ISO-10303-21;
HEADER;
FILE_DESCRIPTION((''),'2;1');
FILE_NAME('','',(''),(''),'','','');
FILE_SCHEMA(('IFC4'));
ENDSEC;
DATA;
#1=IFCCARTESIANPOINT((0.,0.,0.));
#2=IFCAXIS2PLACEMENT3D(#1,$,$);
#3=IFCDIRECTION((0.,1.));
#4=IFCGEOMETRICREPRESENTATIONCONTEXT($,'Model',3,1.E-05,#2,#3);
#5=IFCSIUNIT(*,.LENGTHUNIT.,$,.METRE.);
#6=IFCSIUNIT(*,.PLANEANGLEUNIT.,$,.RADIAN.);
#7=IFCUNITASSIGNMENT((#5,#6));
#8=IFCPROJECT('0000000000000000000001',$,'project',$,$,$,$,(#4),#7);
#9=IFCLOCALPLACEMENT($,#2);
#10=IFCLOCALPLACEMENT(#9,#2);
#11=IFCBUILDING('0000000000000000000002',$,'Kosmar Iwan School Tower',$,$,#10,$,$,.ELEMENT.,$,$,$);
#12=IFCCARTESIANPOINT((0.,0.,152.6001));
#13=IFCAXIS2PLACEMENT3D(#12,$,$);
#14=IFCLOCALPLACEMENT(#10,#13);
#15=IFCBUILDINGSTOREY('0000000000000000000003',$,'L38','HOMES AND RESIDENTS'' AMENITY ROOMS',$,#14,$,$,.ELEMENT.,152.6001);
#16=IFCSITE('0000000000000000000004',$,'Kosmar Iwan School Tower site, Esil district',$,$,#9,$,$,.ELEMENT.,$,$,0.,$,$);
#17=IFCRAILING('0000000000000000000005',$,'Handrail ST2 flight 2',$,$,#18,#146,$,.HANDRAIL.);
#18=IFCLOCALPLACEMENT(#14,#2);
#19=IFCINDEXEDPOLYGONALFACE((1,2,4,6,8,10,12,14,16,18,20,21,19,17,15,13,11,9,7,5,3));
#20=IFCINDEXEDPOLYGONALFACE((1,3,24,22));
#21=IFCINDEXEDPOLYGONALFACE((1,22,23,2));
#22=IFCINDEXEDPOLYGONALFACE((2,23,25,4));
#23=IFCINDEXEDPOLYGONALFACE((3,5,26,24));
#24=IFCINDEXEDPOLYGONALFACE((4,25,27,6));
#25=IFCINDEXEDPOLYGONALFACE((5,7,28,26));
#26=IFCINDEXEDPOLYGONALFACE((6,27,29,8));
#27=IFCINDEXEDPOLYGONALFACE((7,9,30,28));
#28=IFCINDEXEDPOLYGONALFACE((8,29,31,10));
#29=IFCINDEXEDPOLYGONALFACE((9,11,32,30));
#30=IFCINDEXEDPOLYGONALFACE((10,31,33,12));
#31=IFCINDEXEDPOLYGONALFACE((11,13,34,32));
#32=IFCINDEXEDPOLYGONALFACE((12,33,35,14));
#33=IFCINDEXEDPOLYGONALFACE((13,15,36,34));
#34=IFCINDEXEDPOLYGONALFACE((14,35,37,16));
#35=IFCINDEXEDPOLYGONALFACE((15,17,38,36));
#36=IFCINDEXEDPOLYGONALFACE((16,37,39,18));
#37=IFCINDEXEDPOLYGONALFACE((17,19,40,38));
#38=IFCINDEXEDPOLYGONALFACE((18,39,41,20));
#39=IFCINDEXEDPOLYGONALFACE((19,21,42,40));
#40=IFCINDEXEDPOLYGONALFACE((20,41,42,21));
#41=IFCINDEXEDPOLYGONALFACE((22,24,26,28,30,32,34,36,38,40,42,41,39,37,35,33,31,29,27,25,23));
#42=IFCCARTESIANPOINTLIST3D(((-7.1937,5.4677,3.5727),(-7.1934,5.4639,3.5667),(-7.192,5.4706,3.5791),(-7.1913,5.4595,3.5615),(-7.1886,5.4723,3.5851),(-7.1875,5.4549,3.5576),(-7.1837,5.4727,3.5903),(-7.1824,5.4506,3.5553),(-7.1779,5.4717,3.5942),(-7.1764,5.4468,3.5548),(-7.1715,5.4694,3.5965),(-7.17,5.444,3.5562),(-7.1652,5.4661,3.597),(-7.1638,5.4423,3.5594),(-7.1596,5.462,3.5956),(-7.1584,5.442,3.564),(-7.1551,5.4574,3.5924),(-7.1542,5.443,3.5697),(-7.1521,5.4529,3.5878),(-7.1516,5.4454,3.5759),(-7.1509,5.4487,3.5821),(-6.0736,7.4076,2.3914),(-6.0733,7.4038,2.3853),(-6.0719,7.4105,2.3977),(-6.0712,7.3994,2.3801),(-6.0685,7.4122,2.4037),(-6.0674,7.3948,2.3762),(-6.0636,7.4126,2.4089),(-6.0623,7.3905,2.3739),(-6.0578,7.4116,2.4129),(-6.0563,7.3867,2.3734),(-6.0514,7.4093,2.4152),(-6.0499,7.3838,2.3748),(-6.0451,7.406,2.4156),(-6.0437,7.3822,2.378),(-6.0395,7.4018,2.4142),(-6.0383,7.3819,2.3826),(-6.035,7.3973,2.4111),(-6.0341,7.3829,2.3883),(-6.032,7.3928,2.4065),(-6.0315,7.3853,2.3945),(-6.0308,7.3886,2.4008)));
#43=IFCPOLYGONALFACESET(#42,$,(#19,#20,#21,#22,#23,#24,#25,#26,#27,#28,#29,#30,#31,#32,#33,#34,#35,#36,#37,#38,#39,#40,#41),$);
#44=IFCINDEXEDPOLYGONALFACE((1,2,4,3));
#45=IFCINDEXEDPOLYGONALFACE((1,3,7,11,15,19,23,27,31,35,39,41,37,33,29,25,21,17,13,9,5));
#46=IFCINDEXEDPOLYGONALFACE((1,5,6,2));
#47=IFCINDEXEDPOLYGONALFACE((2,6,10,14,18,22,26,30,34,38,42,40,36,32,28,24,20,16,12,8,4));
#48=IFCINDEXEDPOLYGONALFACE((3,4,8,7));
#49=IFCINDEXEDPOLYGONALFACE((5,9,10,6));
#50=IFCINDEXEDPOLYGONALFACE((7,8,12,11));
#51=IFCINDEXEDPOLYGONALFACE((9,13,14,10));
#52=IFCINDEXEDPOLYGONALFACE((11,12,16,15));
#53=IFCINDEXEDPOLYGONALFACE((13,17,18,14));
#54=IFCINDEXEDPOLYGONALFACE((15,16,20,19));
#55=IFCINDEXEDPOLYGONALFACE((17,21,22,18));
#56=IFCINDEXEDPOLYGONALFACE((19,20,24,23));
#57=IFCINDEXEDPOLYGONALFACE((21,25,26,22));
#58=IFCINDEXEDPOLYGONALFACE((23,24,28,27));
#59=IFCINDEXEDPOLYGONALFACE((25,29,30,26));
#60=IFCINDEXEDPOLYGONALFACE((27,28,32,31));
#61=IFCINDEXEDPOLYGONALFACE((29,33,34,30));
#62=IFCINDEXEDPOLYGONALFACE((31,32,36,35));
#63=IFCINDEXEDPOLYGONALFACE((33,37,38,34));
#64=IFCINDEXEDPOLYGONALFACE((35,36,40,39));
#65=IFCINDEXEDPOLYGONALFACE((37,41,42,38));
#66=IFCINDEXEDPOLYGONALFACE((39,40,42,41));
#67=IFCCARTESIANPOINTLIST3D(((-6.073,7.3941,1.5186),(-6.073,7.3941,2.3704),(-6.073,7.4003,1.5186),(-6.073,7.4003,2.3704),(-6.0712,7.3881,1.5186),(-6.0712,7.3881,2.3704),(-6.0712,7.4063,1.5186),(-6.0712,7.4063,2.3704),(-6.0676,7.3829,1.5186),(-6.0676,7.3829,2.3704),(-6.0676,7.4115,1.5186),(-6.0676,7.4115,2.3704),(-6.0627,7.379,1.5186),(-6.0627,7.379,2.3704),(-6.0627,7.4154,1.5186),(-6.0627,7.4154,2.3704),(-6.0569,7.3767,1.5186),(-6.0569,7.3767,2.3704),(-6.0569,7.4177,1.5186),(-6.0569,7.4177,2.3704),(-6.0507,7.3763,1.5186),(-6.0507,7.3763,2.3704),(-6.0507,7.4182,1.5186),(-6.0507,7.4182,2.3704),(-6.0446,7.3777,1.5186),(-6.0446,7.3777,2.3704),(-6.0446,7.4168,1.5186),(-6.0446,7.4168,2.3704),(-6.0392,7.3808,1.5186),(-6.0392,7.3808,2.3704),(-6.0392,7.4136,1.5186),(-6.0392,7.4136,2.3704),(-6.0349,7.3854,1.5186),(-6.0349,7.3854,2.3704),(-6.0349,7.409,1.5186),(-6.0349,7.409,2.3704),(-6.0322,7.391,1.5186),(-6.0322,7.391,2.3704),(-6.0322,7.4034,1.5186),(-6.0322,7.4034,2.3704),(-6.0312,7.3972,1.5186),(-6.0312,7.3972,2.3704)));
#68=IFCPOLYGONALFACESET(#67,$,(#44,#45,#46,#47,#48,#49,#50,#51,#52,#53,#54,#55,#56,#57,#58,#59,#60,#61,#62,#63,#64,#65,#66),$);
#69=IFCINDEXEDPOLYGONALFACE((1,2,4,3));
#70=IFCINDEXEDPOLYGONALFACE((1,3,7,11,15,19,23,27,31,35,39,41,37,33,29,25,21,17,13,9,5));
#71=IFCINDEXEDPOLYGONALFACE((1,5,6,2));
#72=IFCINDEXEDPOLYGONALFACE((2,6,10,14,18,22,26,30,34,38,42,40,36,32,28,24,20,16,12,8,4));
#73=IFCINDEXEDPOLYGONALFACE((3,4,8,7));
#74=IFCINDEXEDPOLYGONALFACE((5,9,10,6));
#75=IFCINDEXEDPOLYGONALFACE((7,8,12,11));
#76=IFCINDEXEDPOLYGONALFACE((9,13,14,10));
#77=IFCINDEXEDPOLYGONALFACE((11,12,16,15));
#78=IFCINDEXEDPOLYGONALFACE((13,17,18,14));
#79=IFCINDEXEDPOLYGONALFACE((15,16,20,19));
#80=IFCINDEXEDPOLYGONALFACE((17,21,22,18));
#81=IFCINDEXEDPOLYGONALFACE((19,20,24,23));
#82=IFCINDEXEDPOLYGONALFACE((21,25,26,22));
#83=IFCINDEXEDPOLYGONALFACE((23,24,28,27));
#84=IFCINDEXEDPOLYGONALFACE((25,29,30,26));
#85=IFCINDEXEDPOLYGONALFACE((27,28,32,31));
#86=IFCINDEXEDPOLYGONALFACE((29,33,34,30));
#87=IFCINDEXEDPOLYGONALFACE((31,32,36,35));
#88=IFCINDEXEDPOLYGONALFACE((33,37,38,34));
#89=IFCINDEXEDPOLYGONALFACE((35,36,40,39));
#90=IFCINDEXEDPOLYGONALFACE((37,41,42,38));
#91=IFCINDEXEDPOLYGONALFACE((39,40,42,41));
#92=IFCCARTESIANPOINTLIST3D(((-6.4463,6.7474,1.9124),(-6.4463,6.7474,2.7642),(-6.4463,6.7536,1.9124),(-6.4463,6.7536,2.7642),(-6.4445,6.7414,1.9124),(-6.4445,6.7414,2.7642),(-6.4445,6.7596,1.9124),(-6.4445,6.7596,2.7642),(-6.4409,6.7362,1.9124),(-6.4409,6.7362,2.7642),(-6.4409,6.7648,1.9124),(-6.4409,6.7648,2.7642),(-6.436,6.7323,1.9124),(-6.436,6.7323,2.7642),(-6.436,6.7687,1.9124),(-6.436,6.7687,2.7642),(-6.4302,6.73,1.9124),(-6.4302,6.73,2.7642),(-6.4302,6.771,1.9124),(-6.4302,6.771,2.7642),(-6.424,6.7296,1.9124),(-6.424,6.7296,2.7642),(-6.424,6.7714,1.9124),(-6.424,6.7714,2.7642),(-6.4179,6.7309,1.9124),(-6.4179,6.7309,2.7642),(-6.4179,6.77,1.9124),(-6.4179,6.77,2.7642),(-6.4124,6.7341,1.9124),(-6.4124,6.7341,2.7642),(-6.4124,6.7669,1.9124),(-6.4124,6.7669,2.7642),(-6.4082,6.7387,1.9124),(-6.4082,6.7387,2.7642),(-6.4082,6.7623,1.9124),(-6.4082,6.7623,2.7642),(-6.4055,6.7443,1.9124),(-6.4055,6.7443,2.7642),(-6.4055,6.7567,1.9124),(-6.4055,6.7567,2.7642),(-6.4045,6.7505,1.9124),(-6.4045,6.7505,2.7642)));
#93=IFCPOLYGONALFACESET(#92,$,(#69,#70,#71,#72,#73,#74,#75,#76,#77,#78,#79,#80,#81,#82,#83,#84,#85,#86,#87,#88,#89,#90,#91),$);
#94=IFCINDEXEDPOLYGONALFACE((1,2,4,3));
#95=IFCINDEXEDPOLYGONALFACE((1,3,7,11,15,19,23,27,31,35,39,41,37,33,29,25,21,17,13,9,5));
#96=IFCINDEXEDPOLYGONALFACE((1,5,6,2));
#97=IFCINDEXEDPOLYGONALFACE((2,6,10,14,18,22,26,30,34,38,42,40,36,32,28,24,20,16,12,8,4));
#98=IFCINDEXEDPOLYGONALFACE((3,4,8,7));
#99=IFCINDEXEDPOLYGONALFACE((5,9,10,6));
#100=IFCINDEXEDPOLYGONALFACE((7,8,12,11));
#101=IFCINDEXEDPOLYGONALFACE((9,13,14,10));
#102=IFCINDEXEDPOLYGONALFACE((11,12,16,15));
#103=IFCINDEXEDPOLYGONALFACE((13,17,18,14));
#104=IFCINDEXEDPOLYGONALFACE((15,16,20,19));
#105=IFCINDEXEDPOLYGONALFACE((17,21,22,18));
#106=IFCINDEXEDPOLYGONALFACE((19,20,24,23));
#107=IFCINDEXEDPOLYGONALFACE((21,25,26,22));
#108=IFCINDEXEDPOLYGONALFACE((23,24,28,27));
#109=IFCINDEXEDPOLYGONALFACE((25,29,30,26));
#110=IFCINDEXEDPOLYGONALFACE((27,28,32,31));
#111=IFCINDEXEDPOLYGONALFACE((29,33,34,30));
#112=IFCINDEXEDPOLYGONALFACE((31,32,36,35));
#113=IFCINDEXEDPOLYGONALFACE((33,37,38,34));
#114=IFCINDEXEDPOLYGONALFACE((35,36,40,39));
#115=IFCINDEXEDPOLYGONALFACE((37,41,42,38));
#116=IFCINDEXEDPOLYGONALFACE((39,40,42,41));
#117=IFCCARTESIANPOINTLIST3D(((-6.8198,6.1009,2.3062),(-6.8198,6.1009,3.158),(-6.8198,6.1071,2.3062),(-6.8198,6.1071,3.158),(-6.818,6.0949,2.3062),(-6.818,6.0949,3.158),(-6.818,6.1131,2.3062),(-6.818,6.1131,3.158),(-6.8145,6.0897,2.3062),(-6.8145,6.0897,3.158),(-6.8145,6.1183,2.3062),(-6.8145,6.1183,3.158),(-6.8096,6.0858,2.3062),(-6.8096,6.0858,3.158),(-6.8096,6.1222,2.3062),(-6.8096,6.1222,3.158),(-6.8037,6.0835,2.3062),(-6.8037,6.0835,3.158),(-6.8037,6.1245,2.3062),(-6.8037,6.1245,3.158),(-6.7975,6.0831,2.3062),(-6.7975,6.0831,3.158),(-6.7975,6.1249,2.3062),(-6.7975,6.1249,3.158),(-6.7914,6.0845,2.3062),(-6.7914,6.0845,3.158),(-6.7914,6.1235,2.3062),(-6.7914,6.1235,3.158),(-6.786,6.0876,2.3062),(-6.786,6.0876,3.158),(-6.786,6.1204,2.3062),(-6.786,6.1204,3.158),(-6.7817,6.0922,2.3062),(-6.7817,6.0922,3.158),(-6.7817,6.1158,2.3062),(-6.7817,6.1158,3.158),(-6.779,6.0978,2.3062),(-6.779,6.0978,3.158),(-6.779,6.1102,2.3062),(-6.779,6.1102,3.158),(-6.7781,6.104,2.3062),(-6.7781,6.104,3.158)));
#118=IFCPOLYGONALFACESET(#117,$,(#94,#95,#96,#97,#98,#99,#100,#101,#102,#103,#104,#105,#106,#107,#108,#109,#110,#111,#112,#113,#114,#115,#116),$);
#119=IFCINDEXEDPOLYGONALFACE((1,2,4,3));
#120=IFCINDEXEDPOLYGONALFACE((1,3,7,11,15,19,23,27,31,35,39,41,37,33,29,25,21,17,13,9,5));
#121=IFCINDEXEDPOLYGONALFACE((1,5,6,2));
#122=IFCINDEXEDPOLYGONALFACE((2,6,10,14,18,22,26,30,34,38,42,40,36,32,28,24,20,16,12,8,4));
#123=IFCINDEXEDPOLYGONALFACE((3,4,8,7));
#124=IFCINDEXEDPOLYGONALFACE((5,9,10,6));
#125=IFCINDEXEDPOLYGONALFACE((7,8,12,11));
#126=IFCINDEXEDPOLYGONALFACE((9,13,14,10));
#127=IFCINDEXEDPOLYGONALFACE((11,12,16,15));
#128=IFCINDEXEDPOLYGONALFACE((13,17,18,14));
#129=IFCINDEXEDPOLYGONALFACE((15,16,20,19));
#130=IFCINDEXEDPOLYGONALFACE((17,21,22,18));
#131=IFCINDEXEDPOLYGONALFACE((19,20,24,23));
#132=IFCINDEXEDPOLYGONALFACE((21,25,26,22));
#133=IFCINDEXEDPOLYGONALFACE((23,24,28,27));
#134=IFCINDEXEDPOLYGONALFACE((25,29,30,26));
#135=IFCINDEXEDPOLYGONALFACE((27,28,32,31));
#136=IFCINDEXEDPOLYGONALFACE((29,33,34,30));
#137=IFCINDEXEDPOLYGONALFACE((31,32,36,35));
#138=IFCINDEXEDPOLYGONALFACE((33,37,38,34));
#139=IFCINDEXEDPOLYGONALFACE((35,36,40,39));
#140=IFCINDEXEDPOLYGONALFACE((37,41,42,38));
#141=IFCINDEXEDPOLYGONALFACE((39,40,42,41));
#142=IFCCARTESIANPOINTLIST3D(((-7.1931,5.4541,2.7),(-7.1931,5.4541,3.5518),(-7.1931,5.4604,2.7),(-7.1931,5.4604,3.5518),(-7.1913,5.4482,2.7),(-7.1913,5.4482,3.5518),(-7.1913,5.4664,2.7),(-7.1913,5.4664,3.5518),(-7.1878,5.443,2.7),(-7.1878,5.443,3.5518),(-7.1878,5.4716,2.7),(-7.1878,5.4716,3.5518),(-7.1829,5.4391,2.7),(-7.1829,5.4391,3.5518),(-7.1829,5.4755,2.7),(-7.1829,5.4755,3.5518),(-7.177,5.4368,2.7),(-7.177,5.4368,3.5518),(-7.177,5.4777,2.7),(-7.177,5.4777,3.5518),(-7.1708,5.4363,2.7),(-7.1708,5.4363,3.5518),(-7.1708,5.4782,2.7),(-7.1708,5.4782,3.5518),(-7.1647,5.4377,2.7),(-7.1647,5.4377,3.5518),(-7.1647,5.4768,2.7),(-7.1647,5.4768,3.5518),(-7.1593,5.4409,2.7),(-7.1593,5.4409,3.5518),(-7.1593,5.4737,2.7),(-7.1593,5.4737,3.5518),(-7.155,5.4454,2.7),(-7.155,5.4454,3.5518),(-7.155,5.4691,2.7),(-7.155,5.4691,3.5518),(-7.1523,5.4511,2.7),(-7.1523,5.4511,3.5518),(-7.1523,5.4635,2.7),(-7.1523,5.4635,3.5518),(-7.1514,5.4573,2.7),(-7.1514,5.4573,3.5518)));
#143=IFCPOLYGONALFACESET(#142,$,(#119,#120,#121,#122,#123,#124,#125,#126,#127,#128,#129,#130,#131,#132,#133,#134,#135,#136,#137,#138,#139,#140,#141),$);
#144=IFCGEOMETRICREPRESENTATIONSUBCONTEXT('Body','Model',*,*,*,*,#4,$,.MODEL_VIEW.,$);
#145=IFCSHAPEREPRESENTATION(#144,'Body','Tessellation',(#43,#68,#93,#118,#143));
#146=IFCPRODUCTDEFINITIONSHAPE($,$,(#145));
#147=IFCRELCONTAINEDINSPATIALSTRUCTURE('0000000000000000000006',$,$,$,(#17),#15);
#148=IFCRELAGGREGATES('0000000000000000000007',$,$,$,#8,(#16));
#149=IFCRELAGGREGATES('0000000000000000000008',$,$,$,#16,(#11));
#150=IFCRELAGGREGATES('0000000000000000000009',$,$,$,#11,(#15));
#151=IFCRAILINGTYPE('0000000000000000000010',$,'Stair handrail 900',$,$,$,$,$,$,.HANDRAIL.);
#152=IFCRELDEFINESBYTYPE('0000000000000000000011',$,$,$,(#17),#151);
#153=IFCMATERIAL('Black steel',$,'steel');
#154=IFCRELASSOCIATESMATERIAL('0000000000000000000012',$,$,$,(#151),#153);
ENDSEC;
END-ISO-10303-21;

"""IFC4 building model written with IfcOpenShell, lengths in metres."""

from ifc_helpers import new_model, si_unit, direction, frame, origin, origin_2d, place, context, subcontext, project, spatial, circle, extrude, material, type_object, element, save


model = new_model("IFC4")

# Units and contexts
model_context = context("Model", 3, precision=1e-05, world=origin(), true_north=direction((0.0, 1.0)))
body_context = subcontext(model_context, "Body", "Model", "MODEL_VIEW")
ifc_project = project(units=[si_unit("LENGTHUNIT", "METRE"), si_unit("PLANEANGLEUNIT", "RADIAN")], contexts=[model_context])

# Site, building, storey
site_placement = place(None, origin())
site = spatial("IfcSite", under=ifc_project, at=site_placement, Name="Kosmar Iwan School Tower site, Esil district", CompositionType="ELEMENT", RefElevation=0.0)
building_placement = place(site_placement, origin())
building = spatial("IfcBuilding", under=site, at=building_placement, Name="Kosmar Iwan School Tower", CompositionType="ELEMENT")
storey_placement = place(building_placement, frame((0.0, 0.0, 152.6001)))
storey = spatial("IfcBuildingStorey", under=building, at=storey_placement, Name="L38", Description="HOMES AND RESIDENTS' AMENITY ROOMS", CompositionType="ELEMENT", Elevation=152.6001)

# Railing
ifc_material_1 = material(Name="Black steel", Category="steel")
railing_type = type_object("IfcRailingType", Name="Stair handrail 900", PredefinedType="HANDRAIL", material=ifc_material_1)
railing_1_placement = place(storey_placement, frame((-6.0522, 7.3972, 1.5186)))
element("IfcRailing", 1, at=railing_1_placement, inside=storey, type_object=railing_type, Name="Handrail ST2 flight 2", PredefinedType="HANDRAIL", context=body_context, shape_type="SweptSolid", body=[
    extrude(circle(Radius=0.0239, at=origin_2d()), frame((0.0, 0.0, 0.876), z_axis=(-0.442291, -0.766008, 0.466488), x_axis=(0.866008, -0.500031, 0.0)), (0.0, 0.0, 1.0), 2.5325),
    extrude(circle(Radius=0.021, at=origin_2d()), origin(), (0.0, 0.0, 1.0), 0.8518),
    extrude(circle(Radius=0.021, at=origin_2d()), frame((-0.3733, -0.6467, 0.3938)), (0.0, 0.0, 1.0), 0.8518),
    extrude(circle(Radius=0.021, at=origin_2d()), frame((-0.7468, -1.2932, 0.7876)), (0.0, 0.0, 1.0), 0.8518),
    extrude(circle(Radius=0.021, at=origin_2d()), frame((-1.1201, -1.9399, 1.1814)), (0.0, 0.0, 1.0), 0.8518),
])

save(model, "model.ifc")
